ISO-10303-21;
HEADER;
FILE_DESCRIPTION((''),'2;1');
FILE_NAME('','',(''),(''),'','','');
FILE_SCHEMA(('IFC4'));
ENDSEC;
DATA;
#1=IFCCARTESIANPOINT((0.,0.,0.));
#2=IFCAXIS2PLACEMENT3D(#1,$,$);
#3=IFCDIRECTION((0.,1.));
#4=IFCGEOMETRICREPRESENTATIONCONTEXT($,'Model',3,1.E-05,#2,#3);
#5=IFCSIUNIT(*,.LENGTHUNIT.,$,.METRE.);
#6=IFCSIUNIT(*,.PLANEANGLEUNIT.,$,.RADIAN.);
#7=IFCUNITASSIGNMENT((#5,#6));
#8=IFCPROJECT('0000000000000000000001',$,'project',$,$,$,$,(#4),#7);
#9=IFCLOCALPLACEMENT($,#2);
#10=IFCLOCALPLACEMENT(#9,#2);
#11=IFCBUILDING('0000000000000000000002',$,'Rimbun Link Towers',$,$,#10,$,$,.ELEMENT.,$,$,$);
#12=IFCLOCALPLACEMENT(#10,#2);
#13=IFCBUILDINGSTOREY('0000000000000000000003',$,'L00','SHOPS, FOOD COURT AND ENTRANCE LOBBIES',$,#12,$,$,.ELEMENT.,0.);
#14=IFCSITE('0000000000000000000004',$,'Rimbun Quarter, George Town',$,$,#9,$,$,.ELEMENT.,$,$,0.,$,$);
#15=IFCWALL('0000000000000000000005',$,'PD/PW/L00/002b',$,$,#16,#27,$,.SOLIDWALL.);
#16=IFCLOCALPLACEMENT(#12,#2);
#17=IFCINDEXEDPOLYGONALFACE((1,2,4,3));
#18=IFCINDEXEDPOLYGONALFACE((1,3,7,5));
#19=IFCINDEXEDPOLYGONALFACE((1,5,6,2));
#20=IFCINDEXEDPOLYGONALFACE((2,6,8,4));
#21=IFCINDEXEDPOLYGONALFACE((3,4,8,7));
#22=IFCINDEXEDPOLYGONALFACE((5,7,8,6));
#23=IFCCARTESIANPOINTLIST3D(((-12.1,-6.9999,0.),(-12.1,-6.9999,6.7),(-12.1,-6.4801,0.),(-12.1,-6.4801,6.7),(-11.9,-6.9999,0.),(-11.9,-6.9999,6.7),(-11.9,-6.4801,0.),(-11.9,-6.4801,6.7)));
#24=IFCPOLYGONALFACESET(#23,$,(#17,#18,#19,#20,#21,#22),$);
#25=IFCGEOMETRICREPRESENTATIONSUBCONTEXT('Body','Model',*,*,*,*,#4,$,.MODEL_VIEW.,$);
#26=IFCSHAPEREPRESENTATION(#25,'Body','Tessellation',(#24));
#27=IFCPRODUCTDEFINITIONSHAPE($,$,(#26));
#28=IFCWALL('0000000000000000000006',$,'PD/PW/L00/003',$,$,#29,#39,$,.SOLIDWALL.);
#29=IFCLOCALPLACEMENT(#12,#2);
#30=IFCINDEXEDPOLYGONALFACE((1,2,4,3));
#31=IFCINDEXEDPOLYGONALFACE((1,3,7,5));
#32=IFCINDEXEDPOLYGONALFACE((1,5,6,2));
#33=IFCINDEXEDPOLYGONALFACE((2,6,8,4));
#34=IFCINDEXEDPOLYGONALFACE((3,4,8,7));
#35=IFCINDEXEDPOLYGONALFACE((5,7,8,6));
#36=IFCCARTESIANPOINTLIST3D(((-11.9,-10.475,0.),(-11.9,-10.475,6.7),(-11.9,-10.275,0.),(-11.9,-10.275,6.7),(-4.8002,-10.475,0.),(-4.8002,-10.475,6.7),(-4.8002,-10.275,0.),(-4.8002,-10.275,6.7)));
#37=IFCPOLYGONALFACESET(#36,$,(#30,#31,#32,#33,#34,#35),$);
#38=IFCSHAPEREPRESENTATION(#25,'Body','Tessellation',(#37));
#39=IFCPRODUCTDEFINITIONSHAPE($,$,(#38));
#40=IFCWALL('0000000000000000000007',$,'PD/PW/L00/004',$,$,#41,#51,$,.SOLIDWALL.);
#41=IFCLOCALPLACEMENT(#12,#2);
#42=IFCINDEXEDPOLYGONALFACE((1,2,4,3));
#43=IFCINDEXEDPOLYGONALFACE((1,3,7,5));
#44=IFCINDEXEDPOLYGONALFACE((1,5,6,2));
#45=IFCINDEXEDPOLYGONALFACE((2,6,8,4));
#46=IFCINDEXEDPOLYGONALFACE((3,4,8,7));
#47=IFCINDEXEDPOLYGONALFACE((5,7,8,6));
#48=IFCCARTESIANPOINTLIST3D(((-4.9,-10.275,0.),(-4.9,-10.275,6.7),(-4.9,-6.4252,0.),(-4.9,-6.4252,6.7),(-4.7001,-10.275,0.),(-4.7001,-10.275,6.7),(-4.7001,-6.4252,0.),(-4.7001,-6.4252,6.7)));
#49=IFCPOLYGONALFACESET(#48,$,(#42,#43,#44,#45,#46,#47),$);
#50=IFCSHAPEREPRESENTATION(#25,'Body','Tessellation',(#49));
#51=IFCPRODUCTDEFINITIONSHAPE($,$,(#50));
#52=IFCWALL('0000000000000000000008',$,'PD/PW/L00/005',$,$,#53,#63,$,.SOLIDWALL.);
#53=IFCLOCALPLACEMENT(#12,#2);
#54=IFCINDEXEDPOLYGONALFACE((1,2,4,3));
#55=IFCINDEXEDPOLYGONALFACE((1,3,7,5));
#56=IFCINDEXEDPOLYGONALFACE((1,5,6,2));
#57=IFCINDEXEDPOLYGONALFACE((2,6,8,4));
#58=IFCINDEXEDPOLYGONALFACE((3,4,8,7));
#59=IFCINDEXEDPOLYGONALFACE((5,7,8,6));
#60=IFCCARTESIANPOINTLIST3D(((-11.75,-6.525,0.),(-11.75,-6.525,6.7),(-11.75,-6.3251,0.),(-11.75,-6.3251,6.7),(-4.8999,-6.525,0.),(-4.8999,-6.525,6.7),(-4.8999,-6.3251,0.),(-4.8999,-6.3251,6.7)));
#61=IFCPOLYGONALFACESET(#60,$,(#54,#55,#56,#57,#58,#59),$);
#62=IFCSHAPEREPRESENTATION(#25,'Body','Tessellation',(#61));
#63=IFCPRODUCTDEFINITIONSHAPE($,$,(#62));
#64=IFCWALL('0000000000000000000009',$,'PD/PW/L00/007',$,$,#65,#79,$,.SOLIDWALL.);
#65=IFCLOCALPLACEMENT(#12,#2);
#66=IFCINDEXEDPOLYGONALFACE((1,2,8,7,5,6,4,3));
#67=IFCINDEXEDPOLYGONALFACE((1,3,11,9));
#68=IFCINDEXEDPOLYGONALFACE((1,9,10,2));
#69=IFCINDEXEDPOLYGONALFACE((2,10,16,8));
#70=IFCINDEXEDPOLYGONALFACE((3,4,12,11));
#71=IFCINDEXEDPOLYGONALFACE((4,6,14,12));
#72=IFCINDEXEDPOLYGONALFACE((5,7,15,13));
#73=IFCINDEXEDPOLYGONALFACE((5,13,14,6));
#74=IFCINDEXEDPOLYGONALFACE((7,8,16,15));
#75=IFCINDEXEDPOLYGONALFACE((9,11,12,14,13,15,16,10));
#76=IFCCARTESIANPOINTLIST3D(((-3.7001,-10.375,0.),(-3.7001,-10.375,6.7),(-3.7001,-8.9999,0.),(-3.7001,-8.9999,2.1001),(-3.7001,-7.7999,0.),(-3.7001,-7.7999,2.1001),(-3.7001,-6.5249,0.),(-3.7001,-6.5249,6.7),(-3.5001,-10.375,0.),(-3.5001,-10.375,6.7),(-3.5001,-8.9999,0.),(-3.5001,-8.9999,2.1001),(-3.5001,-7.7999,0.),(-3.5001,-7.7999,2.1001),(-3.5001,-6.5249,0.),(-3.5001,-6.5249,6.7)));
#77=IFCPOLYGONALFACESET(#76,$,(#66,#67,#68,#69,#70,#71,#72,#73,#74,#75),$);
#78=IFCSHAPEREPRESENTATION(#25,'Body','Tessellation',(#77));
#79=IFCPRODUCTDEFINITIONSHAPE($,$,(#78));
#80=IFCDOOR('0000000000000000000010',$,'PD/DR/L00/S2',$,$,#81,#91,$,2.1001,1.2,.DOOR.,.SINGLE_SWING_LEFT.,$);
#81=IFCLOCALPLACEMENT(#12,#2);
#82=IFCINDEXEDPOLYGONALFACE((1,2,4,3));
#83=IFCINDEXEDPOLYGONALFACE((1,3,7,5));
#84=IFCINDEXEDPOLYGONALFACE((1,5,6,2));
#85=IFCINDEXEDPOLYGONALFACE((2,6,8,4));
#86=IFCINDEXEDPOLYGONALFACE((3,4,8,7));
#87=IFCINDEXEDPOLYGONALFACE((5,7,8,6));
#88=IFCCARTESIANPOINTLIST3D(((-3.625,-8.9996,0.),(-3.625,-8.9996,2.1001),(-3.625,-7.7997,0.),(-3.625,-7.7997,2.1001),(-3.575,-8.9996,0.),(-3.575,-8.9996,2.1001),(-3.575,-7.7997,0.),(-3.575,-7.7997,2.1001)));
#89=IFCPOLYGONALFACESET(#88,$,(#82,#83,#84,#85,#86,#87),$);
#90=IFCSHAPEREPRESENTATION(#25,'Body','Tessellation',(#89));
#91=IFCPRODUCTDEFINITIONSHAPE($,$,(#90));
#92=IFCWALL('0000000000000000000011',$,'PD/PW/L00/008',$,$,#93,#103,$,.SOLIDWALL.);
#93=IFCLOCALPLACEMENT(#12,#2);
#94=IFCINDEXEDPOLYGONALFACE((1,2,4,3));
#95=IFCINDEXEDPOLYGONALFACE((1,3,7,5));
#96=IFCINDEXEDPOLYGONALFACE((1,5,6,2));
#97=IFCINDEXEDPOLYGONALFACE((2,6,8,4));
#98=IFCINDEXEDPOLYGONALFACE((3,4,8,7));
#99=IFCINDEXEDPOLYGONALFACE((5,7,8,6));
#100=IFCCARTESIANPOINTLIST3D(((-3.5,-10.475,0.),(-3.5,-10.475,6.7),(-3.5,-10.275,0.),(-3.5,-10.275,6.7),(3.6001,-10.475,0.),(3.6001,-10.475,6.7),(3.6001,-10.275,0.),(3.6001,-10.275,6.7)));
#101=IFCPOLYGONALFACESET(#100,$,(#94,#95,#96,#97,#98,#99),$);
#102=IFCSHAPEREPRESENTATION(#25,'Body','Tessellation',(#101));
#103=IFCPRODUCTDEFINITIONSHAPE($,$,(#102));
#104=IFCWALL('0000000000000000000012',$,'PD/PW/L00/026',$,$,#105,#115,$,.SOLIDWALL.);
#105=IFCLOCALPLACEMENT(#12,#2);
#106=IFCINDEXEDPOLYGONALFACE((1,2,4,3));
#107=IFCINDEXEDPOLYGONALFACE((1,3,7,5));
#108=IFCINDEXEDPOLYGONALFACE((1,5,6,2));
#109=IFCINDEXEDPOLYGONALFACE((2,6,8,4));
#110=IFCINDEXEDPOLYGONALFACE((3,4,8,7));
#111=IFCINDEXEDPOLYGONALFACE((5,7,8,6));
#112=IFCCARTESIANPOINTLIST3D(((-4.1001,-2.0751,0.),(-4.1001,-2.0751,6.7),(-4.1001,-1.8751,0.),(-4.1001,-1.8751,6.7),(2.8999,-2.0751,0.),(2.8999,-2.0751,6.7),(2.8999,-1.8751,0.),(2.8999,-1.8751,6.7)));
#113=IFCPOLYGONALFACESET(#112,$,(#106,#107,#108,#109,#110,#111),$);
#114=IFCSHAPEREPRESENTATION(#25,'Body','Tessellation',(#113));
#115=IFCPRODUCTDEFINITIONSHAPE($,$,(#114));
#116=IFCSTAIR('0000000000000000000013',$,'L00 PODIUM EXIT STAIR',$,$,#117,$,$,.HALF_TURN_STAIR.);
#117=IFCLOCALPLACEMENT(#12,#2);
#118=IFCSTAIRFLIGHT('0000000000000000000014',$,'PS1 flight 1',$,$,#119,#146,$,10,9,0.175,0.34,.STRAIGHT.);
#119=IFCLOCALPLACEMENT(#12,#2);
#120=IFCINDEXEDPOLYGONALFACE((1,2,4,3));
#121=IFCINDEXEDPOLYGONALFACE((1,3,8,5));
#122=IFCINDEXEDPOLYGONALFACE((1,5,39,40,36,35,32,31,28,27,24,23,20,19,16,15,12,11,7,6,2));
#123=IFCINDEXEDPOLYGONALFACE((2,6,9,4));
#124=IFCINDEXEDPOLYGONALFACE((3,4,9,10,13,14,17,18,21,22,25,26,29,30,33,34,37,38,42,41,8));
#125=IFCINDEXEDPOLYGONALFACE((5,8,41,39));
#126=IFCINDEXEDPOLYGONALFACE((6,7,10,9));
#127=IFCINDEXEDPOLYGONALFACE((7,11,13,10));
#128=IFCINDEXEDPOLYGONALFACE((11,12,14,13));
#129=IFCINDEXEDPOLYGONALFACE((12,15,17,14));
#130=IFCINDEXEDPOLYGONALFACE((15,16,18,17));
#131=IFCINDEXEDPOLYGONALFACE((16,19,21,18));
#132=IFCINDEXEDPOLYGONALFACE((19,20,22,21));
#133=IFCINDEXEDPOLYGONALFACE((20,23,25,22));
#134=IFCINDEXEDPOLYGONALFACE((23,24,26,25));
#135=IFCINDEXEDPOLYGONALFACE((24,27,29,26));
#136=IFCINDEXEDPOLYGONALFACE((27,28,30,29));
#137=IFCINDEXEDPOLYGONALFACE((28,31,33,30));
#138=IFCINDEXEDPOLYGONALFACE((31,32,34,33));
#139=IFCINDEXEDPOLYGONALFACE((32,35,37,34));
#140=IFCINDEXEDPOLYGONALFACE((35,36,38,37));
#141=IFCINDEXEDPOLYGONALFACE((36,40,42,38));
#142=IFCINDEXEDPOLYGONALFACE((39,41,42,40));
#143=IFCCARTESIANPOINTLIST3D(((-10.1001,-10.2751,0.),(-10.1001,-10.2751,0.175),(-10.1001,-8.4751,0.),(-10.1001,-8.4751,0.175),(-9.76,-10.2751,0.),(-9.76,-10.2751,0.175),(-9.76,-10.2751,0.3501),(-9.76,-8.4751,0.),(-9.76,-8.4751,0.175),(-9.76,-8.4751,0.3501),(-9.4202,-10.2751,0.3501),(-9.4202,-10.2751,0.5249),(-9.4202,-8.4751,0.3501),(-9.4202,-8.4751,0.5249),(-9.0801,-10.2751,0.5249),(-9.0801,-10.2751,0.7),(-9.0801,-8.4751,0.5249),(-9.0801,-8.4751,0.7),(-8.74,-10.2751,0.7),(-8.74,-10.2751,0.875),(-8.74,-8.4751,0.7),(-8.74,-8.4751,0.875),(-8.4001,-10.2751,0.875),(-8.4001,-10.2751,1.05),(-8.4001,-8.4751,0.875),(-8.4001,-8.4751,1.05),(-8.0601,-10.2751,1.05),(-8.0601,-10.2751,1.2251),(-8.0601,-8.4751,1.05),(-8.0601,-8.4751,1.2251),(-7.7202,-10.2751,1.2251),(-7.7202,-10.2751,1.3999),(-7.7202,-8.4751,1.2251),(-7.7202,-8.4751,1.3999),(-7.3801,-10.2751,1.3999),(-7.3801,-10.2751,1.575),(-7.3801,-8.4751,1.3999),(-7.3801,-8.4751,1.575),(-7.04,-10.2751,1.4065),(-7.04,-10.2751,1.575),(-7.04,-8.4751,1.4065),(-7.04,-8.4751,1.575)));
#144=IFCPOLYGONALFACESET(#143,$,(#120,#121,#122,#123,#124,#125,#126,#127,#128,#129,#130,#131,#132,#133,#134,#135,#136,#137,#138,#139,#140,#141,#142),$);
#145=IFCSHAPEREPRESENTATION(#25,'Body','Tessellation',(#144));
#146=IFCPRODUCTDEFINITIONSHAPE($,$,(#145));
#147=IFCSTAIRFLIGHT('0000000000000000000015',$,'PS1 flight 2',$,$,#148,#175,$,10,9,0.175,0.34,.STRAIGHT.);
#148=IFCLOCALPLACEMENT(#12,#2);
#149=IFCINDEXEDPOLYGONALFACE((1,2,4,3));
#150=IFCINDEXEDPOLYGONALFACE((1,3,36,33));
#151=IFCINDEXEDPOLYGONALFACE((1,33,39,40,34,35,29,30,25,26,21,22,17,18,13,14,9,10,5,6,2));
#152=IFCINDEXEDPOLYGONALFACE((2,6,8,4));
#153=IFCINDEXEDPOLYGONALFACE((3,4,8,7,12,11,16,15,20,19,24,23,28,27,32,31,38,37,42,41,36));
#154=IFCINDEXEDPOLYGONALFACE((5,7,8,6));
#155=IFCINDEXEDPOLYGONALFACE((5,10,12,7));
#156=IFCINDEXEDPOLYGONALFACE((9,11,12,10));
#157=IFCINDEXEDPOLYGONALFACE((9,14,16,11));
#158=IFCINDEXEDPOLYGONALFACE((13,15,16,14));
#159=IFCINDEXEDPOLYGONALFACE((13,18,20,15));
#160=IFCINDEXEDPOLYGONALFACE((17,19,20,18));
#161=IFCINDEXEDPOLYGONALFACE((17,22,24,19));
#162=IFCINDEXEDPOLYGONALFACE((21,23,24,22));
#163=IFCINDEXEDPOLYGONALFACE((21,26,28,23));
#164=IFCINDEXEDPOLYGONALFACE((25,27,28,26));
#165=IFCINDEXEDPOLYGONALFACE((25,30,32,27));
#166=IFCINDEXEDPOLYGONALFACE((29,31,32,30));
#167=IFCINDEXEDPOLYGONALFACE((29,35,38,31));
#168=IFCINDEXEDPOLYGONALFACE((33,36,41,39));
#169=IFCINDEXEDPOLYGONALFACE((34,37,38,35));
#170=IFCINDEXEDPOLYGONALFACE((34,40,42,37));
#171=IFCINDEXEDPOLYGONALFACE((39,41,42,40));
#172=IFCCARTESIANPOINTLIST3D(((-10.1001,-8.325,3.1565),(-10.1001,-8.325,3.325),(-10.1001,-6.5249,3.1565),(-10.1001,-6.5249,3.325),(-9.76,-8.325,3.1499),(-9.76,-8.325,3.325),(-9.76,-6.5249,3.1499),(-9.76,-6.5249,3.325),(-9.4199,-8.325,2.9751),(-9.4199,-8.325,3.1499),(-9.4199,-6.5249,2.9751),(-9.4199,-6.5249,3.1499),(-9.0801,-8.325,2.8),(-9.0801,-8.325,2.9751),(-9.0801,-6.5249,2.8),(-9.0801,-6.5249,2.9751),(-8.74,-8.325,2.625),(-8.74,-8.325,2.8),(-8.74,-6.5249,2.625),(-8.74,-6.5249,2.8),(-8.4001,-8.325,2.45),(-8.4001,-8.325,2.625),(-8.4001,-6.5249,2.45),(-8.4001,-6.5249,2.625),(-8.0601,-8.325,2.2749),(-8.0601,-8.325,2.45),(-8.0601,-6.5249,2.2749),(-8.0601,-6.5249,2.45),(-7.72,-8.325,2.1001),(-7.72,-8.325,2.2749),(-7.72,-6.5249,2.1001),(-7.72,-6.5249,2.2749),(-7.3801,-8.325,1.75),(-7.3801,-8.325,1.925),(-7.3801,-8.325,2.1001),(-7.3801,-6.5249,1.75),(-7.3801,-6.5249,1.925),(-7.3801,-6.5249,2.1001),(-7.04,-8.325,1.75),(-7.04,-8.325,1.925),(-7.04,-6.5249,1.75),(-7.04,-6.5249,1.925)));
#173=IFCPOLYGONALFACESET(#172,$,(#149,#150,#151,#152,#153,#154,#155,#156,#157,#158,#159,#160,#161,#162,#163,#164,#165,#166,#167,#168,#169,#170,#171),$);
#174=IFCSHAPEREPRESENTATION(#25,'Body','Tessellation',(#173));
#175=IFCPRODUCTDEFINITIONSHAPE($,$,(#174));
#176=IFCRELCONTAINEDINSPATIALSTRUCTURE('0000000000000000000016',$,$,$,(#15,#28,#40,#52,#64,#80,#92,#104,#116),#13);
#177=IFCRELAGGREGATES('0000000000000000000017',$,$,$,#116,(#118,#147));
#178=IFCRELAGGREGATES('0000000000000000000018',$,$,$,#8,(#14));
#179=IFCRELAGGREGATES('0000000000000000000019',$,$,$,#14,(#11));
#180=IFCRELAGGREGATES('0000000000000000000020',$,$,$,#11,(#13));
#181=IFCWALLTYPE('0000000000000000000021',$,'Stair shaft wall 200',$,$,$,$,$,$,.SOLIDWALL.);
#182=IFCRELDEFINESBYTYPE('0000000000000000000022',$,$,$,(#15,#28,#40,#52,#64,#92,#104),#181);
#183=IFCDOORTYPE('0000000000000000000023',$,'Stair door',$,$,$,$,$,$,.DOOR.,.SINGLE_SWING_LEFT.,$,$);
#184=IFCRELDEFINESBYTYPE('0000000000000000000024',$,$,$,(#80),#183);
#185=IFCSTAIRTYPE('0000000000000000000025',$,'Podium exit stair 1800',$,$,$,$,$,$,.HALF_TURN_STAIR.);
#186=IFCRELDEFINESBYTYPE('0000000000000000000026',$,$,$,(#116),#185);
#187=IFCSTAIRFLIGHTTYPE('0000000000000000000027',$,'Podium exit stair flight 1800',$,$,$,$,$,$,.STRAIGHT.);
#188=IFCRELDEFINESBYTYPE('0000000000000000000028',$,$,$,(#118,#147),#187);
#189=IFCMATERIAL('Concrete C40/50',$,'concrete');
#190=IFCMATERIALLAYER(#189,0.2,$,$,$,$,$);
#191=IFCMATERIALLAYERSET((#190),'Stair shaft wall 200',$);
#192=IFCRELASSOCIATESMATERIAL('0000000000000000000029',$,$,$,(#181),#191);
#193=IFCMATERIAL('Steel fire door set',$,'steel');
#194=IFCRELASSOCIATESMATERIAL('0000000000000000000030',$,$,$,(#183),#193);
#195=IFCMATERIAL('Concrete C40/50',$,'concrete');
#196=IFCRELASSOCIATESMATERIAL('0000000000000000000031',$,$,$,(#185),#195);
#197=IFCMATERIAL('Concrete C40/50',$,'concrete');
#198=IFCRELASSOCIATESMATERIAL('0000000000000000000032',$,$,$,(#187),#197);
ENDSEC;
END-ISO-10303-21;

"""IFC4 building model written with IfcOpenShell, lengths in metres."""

from ifc_helpers import new_model, si_unit, direction, frame, frame_2d, origin, place, context, subcontext, project, spatial, polyline, rectangle, outline, extrude, material, layer, layer_set, type_object, element, fill, aggregate, save


model = new_model("IFC4")

# Units and contexts
model_context = context("Model", 3, precision=1e-05, world=origin(), true_north=direction((0.0, 1.0)))
body_context = subcontext(model_context, "Body", "Model", "MODEL_VIEW")
ifc_project = project(units=[si_unit("LENGTHUNIT", "METRE"), si_unit("PLANEANGLEUNIT", "RADIAN")], contexts=[model_context])

# Site, building, storey
site_placement = place(None, origin())
site = spatial("IfcSite", under=ifc_project, at=site_placement, Name="Rimbun Quarter, George Town", CompositionType="ELEMENT", RefElevation=0.0)
building_placement = place(site_placement, origin())
building = spatial("IfcBuilding", under=site, at=building_placement, Name="Rimbun Link Towers", CompositionType="ELEMENT")
storey_placement = place(building_placement, origin())
storey = spatial("IfcBuildingStorey", under=building, at=storey_placement, Name="L00", Description="SHOPS, FOOD COURT AND ENTRANCE LOBBIES", CompositionType="ELEMENT", Elevation=0.0)

# Walls
ifc_material_1 = material(Name="Concrete C40/50", Category="concrete")
ifc_layer_1 = layer(ifc_material_1, 0.2)
ifc_layer_set_1 = layer_set([ifc_layer_1], Name="Stair shaft wall 200")
wall_type_1 = type_object("IfcWallType", Name="Stair shaft wall 200", PredefinedType="SOLIDWALL", material=ifc_layer_set_1)
wall_1_placement = place(storey_placement, frame((-12.0, -6.4802, 0.0), z_axis=(0.0, 0.0, 1.0), x_axis=(0.0, -1.0, 0.0)))
element("IfcWall", 1, at=wall_1_placement, inside=storey, type_object=wall_type_1, Name="PD/PW/L00/002b", PredefinedType="SOLIDWALL", context=body_context, shape_type="SweptSolid", body=[
    extrude(rectangle(XDim=0.5198, YDim=0.2, at=frame_2d((0.2598, 0.0))), origin(), (0.0, 0.0, 1.0), 6.7),
])
wall_2_placement = place(storey_placement, frame((-11.8999, -10.375, 0.0), z_axis=(0.0, 0.0, 1.0), x_axis=(1.0, 0.0, 0.0)))
element("IfcWall", 2, at=wall_2_placement, inside=storey, type_object=wall_type_1, Name="PD/PW/L00/003", PredefinedType="SOLIDWALL", context=body_context, shape_type="SweptSolid", body=[
    extrude(rectangle(XDim=7.0999, YDim=0.2, at=frame_2d((3.5498, 0.0))), origin(), (0.0, 0.0, 1.0), 6.7),
])
wall_3_placement = place(storey_placement, frame((-4.8, -10.2749, 0.0), z_axis=(0.0, 0.0, 1.0), x_axis=(0.0, 1.0, 0.0)))
element("IfcWall", 3, at=wall_3_placement, inside=storey, type_object=wall_type_1, Name="PD/PW/L00/004", PredefinedType="SOLIDWALL", context=body_context, shape_type="SweptSolid", body=[
    extrude(rectangle(XDim=3.8499, YDim=0.2, at=frame_2d((1.9248, 0.0))), origin(), (0.0, 0.0, 1.0), 6.7),
])
wall_4_placement = place(storey_placement, frame((-4.8999, -6.425, 0.0), z_axis=(0.0, 0.0, 1.0), x_axis=(-1.0, 0.0, 0.0)))
element("IfcWall", 4, at=wall_4_placement, inside=storey, type_object=wall_type_1, Name="PD/PW/L00/005", PredefinedType="SOLIDWALL", context=body_context, shape_type="SweptSolid", body=[
    extrude(rectangle(XDim=6.8501, YDim=0.2, at=frame_2d((3.425, 0.0))), origin(), (0.0, 0.0, 1.0), 6.7),
])

# Wall, opening, door
wall_5_placement = place(storey_placement, frame((-3.6001, -6.5249, 0.0), z_axis=(0.0, 0.0, 1.0), x_axis=(0.0, -1.0, 0.0)))
wall_5 = element("IfcWall", 5, at=wall_5_placement, inside=storey, type_object=wall_type_1, Name="PD/PW/L00/007", PredefinedType="SOLIDWALL", context=body_context, shape_type="SweptSolid", body=[
    extrude(rectangle(XDim=3.8501, YDim=0.2, at=frame_2d((1.925, 0.0))), origin(), (0.0, 0.0, 1.0), 6.7),
])
opening_placement = place(wall_5_placement, frame((1.2749, 0.0, 0.0)))
opening = element("IfcOpeningElement", 6, at=opening_placement, cuts=wall_5, PredefinedType="OPENING", context=body_context, shape_type="SweptSolid", body=[
    extrude(rectangle(XDim=1.2, YDim=2.1001, at=frame_2d((0.6001, 1.05))), frame((0.0, 0.1099, 0.0), z_axis=(0.0, -1.0, 0.0), x_axis=(1.0, 0.0, 0.0)), (0.0, 0.0, 1.0), 0.22),
])
ifc_material_2 = material(Name="Steel fire door set", Category="steel")
door_type = type_object("IfcDoorType", Name="Stair door", OperationType="SINGLE_SWING_LEFT", PredefinedType="DOOR", material=ifc_material_2)
door_placement = place(opening_placement, frame((1.2, 0.0, 0.0), z_axis=(0.0, 0.0, 1.0), x_axis=(-1.0, 0.0, 0.0)))
door = element("IfcDoor", 7, at=door_placement, inside=storey, type_object=door_type, Name="PD/DR/L00/S2", OperationType="SINGLE_SWING_LEFT", OverallHeight=2.1001, OverallWidth=1.2, PredefinedType="DOOR", context=body_context, shape_type="SweptSolid", body=[
    extrude(rectangle(XDim=1.2, YDim=2.1001, at=frame_2d((0.6001, 1.05))), frame((0.0, 0.0249, 0.0), z_axis=(0.0, -1.0, 0.0), x_axis=(1.0, 0.0, 0.0)), (0.0, 0.0, 1.0), 0.05),
])
fill(opening, door)

# Walls
wall_6_placement = place(storey_placement, frame((-3.5, -10.375, 0.0), z_axis=(0.0, 0.0, 1.0), x_axis=(1.0, 0.0, 0.0)))
element("IfcWall", 8, at=wall_6_placement, inside=storey, type_object=wall_type_1, Name="PD/PW/L00/008", PredefinedType="SOLIDWALL", context=body_context, shape_type="SweptSolid", body=[
    extrude(rectangle(XDim=7.1001, YDim=0.2, at=frame_2d((3.55, 0.0))), origin(), (0.0, 0.0, 1.0), 6.7),
])
wall_7_placement = place(storey_placement, frame((-4.1001, -1.9751, 0.0), z_axis=(0.0, 0.0, 1.0), x_axis=(1.0, 0.0, 0.0)))
element("IfcWall", 9, at=wall_7_placement, inside=storey, type_object=wall_type_1, Name="PD/PW/L00/026", PredefinedType="SOLIDWALL", context=body_context, shape_type="SweptSolid", body=[
    extrude(rectangle(XDim=7.0, YDim=0.2, at=frame_2d((3.5, 0.0))), origin(), (0.0, 0.0, 1.0), 6.7),
])

# Stair, stair flights
ifc_material_3 = material(Name="Concrete C40/50", Category="concrete")
stair_type = type_object("IfcStairType", Name="Podium exit stair 1800", PredefinedType="HALF_TURN_STAIR", material=ifc_material_3)
stair_1_placement = place(storey_placement, origin())
stair_1 = element("IfcStair", 10, at=stair_1_placement, inside=storey, type_object=stair_type, Name="L00 PODIUM EXIT STAIR", PredefinedType="HALF_TURN_STAIR")
ifc_material_4 = material(Name="Concrete C40/50", Category="concrete")
stair_flight_type = type_object("IfcStairFlightType", Name="Podium exit stair flight 1800", PredefinedType="STRAIGHT", material=ifc_material_4)
stair_flight_1_placement = place(storey_placement, frame((-10.1001, -9.375, 0.0), z_axis=(0.0, 0.0, 1.0), x_axis=(1.0, 0.0, 0.0)))
stair_flight_1 = element("IfcStairFlight", 11, at=stair_flight_1_placement, type_object=stair_flight_type, Name="PS1 flight 1", NumberOfRisers=10, NumberOfTreads=9, PredefinedType="STRAIGHT", RiserHeight=0.175, TreadLength=0.34, context=body_context, shape_type="SweptSolid", body=[
    extrude(outline(polyline([(0.0, 0.0), (0.0, 0.175), (0.3401, 0.175), (0.3401, 0.3501), (0.6799, 0.3501), (0.6799, 0.5249), (1.02, 0.5249), (1.02, 0.7), (1.3601, 0.7), (1.3601, 0.875), (1.7, 0.875), (1.7, 1.05), (2.04, 1.05), (2.04, 1.2251), (2.3799, 1.2251), (2.3799, 1.3999), (2.72, 1.3999), (2.72, 1.575), (3.0601, 1.575), (3.0601, 1.75), (3.0601, 1.4065), (0.3401, 0.0), (0.0, 0.0)])), frame((0.0, 0.8999, 0.0), z_axis=(0.0, -1.0, 0.0), x_axis=(1.0, 0.0, 0.0)), (0.0, 0.0, 1.0), 1.8),
])
stair_flight_2_placement = place(storey_placement, frame((-7.04, -7.425, 1.75), z_axis=(0.0, 0.0, 1.0), x_axis=(-1.0, 0.0, 0.0)))
stair_flight_2 = element("IfcStairFlight", 12, at=stair_flight_2_placement, type_object=stair_flight_type, Name="PS1 flight 2", NumberOfRisers=10, NumberOfTreads=9, PredefinedType="STRAIGHT", RiserHeight=0.175, TreadLength=0.34, context=body_context, shape_type="SweptSolid", body=[
    extrude(outline(polyline([(0.0, 0.0), (0.0, 0.175), (0.3401, 0.175), (0.3401, 0.3501), (0.6799, 0.3501), (0.6799, 0.5249), (1.02, 0.5249), (1.02, 0.7), (1.3601, 0.7), (1.3601, 0.875), (1.7, 0.875), (1.7, 1.05), (2.04, 1.05), (2.04, 1.2251), (2.3799, 1.2251), (2.3799, 1.3999), (2.72, 1.3999), (2.72, 1.575), (3.0601, 1.575), (3.0601, 1.75), (3.0601, 1.4065), (0.3401, 0.0), (0.0, 0.0)])), frame((0.0, 0.8999, 0.0), z_axis=(0.0, -1.0, 0.0), x_axis=(1.0, 0.0, 0.0)), (0.0, 0.0, 1.0), 1.8),
])
aggregate(stair_1, [stair_flight_1, stair_flight_2])

save(model, "model.ifc")
